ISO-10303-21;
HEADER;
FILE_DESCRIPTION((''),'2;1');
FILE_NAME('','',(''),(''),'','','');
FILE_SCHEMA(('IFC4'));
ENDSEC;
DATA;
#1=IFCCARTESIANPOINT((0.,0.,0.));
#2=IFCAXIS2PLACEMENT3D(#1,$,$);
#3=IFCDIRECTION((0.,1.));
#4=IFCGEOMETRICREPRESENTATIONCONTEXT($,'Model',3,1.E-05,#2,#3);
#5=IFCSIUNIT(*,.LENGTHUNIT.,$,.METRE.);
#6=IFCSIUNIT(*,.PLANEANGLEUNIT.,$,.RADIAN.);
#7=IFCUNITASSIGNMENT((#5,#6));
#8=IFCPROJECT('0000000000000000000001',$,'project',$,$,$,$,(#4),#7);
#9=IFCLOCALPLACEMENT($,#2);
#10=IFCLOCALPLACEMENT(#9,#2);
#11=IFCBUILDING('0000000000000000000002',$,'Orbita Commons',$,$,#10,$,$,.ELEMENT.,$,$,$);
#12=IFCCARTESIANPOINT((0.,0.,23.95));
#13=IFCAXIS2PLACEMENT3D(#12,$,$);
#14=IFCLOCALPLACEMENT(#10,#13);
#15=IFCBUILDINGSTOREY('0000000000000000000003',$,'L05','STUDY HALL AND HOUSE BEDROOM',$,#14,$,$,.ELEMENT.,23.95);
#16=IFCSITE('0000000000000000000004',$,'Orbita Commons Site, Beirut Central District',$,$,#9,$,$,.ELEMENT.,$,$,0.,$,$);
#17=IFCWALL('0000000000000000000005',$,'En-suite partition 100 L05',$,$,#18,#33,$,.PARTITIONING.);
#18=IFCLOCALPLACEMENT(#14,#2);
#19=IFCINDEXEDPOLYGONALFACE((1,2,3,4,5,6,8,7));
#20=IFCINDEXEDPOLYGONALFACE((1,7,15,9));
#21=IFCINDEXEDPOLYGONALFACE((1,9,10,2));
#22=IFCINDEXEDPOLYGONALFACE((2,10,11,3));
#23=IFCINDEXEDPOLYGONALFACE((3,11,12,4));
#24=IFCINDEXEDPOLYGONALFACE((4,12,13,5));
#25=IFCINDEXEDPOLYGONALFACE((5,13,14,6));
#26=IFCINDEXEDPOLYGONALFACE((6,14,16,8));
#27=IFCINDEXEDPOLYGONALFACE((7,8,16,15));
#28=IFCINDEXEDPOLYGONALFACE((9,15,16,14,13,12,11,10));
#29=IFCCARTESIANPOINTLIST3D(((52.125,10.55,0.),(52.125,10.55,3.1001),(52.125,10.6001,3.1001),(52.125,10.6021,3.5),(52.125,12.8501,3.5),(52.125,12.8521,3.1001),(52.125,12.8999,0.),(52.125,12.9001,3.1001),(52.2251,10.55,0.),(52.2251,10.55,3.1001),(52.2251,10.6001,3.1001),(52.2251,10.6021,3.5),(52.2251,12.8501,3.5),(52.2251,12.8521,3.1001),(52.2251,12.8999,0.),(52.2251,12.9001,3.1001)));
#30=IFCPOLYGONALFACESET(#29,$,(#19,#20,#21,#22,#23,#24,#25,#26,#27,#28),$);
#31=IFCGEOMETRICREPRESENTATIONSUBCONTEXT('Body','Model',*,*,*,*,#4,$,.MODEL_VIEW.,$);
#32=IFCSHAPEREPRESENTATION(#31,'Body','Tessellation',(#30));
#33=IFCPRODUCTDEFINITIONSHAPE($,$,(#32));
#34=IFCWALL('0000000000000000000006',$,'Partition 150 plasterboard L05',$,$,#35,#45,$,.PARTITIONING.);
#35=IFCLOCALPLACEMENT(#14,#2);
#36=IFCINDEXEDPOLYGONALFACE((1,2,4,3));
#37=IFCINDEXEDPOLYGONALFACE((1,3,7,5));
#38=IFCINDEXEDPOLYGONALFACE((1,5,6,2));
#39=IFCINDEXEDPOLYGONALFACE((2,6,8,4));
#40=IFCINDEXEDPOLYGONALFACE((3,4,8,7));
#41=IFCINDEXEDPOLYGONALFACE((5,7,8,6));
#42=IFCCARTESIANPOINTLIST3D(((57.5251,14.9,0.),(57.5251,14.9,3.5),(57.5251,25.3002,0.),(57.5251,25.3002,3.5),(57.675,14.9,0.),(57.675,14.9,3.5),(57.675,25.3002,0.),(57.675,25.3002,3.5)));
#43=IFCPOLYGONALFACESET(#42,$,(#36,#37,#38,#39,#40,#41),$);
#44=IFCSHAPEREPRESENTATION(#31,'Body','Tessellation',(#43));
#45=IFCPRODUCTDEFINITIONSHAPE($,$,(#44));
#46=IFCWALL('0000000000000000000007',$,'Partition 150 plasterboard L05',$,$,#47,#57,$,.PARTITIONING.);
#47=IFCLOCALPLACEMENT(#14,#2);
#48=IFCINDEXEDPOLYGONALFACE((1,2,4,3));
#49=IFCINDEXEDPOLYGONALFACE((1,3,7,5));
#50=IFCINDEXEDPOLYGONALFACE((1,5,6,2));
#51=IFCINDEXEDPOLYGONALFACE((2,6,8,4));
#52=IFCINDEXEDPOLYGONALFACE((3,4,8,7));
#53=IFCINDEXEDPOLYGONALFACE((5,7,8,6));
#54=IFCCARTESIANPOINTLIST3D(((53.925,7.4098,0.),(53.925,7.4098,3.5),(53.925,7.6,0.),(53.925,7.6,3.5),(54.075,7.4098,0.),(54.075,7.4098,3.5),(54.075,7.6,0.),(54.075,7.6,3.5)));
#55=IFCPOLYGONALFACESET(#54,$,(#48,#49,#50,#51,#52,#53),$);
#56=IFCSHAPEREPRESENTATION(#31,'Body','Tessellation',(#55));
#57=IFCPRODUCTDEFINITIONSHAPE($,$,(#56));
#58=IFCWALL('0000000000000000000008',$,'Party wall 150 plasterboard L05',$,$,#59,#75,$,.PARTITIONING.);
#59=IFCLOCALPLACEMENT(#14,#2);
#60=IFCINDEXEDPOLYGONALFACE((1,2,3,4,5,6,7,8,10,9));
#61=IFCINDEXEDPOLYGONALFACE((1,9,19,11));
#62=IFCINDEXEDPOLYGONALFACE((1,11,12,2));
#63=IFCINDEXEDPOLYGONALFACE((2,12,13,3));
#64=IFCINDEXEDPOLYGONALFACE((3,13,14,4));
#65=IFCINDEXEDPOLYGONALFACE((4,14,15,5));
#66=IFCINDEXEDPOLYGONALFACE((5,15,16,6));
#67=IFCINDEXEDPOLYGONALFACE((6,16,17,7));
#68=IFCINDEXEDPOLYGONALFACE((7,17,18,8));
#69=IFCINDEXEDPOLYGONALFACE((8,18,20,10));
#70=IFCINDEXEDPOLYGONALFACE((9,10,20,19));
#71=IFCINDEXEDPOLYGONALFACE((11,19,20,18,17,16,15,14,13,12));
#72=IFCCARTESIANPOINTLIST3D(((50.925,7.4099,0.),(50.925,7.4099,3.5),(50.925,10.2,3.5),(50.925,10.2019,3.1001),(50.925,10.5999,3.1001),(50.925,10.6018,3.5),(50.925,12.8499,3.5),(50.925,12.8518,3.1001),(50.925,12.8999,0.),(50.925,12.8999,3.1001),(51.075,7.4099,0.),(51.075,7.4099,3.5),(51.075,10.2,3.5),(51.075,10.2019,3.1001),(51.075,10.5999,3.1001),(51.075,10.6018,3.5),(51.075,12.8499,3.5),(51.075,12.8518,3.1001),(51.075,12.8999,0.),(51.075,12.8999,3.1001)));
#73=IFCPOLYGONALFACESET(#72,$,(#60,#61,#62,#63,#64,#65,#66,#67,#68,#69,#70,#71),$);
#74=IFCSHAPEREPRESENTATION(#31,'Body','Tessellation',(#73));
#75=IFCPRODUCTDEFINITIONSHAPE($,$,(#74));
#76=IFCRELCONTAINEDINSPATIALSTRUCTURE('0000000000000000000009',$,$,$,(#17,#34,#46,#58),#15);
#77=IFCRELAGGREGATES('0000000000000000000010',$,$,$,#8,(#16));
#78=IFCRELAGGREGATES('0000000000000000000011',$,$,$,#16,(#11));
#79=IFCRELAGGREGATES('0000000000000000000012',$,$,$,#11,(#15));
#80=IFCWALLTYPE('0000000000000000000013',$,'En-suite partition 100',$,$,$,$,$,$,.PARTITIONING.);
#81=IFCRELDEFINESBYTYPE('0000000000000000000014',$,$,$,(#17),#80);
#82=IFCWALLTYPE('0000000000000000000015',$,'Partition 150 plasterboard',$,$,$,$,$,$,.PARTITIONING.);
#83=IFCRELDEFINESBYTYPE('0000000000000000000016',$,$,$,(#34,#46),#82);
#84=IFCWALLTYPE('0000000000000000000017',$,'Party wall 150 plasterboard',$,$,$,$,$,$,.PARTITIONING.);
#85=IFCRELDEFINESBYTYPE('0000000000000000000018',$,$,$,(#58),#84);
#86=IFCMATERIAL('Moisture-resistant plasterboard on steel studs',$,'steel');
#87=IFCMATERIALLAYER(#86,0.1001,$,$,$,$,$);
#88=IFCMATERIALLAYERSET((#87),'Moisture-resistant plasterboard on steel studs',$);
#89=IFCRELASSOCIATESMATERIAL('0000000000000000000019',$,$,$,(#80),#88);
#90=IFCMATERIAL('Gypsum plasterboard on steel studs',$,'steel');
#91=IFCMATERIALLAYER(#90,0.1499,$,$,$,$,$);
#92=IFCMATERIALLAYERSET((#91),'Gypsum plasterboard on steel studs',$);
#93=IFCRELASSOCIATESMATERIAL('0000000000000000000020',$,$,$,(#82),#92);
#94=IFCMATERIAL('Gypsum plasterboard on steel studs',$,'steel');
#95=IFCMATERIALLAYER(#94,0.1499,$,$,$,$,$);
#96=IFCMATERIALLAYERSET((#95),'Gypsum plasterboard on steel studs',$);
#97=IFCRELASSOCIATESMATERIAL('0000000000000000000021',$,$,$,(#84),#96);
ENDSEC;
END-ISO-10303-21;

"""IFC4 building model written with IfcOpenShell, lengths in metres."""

from ifc_helpers import new_model, si_unit, direction, frame, frame_2d, origin, place, context, subcontext, project, spatial, polyline, rectangle, outline, extrude, material, layer, layer_set, type_object, element, save


model = new_model("IFC4")

# Units and contexts
model_context = context("Model", 3, precision=1e-05, world=origin(), true_north=direction((0.0, 1.0)))
body_context = subcontext(model_context, "Body", "Model", "MODEL_VIEW")
ifc_project = project(units=[si_unit("LENGTHUNIT", "METRE"), si_unit("PLANEANGLEUNIT", "RADIAN")], contexts=[model_context])

# Site, building, storey
site_placement = place(None, origin())
site = spatial("IfcSite", under=ifc_project, at=site_placement, Name="Orbita Commons Site, Beirut Central District", CompositionType="ELEMENT", RefElevation=0.0)
building_placement = place(site_placement, origin())
building = spatial("IfcBuilding", under=site, at=building_placement, Name="Orbita Commons", CompositionType="ELEMENT")
storey_placement = place(building_placement, frame((0.0, 0.0, 23.95)))
storey = spatial("IfcBuildingStorey", under=building, at=storey_placement, Name="L05", Description="STUDY HALL AND HOUSE BEDROOM", CompositionType="ELEMENT", Elevation=23.95)

# Shared definitions
ifc_material_1 = material(Name="Moisture-resistant plasterboard on steel studs", Category="steel")
ifc_layer_1 = layer(ifc_material_1, 0.1001)
ifc_layer_set_1 = layer_set([ifc_layer_1], Name="Moisture-resistant plasterboard on steel studs")
wall_type_1 = type_object("IfcWallType", Name="En-suite partition 100", PredefinedType="PARTITIONING", material=ifc_layer_set_1)

# Walls
wall_1_placement = place(storey_placement, frame((52.175, 10.55, 0.0), z_axis=(0.0, 0.0, 1.0), x_axis=(0.0, 1.0, 0.0)))
element("IfcWall", 1, at=wall_1_placement, inside=storey, type_object=wall_type_1, Name="En-suite partition 100 L05", PredefinedType="PARTITIONING", context=body_context, shape_type="SweptSolid", body=[
    extrude(outline(polyline([(0.0, 0.0), (2.3499, 0.0), (2.3501, 3.1001), (2.302, 3.1001), (2.3, 3.5), (0.052, 3.5), (0.05, 3.1001), (0.0, 3.1001), (0.0, 0.0)])), frame((0.0, 0.05, 0.0), z_axis=(0.0, -1.0, 0.0), x_axis=(1.0, 0.0, 0.0)), (0.0, 0.0, 1.0), 0.1001),
])
ifc_material_2 = material(Name="Gypsum plasterboard on steel studs", Category="steel")
ifc_layer_2 = layer(ifc_material_2, 0.1499)
ifc_layer_set_2 = layer_set([ifc_layer_2], Name="Gypsum plasterboard on steel studs")
wall_type_2 = type_object("IfcWallType", Name="Partition 150 plasterboard", PredefinedType="PARTITIONING", material=ifc_layer_set_2)
wall_2_placement = place(storey_placement, frame((57.6001, 14.8999, 0.0), z_axis=(0.0, 0.0, 1.0), x_axis=(0.0, 1.0, 0.0)))
element("IfcWall", 2, at=wall_2_placement, inside=storey, type_object=wall_type_2, Name="Partition 150 plasterboard L05", PredefinedType="PARTITIONING", context=body_context, shape_type="SweptSolid", body=[
    extrude(rectangle(XDim=10.4001, YDim=0.1499, at=frame_2d((5.2002, 0.0))), origin(), (0.0, 0.0, 1.0), 3.5),
])
wall_3_placement = place(storey_placement, frame((54.0, 7.6001, 0.0), z_axis=(0.0, 0.0, 1.0), x_axis=(0.0, -1.0, 0.0)))
element("IfcWall", 3, at=wall_3_placement, inside=storey, type_object=wall_type_2, Name="Partition 150 plasterboard L05", PredefinedType="PARTITIONING", context=body_context, shape_type="SweptSolid", body=[
    extrude(rectangle(XDim=0.1902, YDim=0.1499, at=frame_2d((0.0952, 0.0))), origin(), (0.0, 0.0, 1.0), 3.5),
])
ifc_material_3 = material(Name="Gypsum plasterboard on steel studs", Category="steel")
ifc_layer_3 = layer(ifc_material_3, 0.1499)
ifc_layer_set_3 = layer_set([ifc_layer_3], Name="Gypsum plasterboard on steel studs")
wall_type_3 = type_object("IfcWallType", Name="Party wall 150 plasterboard", PredefinedType="PARTITIONING", material=ifc_layer_set_3)
wall_4_placement = place(storey_placement, frame((51.0, 7.4099, 0.0), z_axis=(0.0, 0.0, 1.0), x_axis=(0.0, 1.0, 0.0)))
element("IfcWall", 4, at=wall_4_placement, inside=storey, type_object=wall_type_3, Name="Party wall 150 plasterboard L05", PredefinedType="PARTITIONING", context=body_context, shape_type="SweptSolid", body=[
    extrude(outline(polyline([(0.0, 0.0), (5.49, 0.0), (5.49, 3.1001), (5.4419, 3.1001), (5.4399, 3.5), (3.1919, 3.5), (3.1899, 3.1001), (2.792, 3.1001), (2.79, 3.5), (0.0, 3.5), (0.0, 0.0)])), frame((0.0, 0.075, 0.0), z_axis=(0.0, -1.0, 0.0), x_axis=(1.0, 0.0, 0.0)), (0.0, 0.0, 1.0), 0.1499),
])

save(model, "model.ifc")
